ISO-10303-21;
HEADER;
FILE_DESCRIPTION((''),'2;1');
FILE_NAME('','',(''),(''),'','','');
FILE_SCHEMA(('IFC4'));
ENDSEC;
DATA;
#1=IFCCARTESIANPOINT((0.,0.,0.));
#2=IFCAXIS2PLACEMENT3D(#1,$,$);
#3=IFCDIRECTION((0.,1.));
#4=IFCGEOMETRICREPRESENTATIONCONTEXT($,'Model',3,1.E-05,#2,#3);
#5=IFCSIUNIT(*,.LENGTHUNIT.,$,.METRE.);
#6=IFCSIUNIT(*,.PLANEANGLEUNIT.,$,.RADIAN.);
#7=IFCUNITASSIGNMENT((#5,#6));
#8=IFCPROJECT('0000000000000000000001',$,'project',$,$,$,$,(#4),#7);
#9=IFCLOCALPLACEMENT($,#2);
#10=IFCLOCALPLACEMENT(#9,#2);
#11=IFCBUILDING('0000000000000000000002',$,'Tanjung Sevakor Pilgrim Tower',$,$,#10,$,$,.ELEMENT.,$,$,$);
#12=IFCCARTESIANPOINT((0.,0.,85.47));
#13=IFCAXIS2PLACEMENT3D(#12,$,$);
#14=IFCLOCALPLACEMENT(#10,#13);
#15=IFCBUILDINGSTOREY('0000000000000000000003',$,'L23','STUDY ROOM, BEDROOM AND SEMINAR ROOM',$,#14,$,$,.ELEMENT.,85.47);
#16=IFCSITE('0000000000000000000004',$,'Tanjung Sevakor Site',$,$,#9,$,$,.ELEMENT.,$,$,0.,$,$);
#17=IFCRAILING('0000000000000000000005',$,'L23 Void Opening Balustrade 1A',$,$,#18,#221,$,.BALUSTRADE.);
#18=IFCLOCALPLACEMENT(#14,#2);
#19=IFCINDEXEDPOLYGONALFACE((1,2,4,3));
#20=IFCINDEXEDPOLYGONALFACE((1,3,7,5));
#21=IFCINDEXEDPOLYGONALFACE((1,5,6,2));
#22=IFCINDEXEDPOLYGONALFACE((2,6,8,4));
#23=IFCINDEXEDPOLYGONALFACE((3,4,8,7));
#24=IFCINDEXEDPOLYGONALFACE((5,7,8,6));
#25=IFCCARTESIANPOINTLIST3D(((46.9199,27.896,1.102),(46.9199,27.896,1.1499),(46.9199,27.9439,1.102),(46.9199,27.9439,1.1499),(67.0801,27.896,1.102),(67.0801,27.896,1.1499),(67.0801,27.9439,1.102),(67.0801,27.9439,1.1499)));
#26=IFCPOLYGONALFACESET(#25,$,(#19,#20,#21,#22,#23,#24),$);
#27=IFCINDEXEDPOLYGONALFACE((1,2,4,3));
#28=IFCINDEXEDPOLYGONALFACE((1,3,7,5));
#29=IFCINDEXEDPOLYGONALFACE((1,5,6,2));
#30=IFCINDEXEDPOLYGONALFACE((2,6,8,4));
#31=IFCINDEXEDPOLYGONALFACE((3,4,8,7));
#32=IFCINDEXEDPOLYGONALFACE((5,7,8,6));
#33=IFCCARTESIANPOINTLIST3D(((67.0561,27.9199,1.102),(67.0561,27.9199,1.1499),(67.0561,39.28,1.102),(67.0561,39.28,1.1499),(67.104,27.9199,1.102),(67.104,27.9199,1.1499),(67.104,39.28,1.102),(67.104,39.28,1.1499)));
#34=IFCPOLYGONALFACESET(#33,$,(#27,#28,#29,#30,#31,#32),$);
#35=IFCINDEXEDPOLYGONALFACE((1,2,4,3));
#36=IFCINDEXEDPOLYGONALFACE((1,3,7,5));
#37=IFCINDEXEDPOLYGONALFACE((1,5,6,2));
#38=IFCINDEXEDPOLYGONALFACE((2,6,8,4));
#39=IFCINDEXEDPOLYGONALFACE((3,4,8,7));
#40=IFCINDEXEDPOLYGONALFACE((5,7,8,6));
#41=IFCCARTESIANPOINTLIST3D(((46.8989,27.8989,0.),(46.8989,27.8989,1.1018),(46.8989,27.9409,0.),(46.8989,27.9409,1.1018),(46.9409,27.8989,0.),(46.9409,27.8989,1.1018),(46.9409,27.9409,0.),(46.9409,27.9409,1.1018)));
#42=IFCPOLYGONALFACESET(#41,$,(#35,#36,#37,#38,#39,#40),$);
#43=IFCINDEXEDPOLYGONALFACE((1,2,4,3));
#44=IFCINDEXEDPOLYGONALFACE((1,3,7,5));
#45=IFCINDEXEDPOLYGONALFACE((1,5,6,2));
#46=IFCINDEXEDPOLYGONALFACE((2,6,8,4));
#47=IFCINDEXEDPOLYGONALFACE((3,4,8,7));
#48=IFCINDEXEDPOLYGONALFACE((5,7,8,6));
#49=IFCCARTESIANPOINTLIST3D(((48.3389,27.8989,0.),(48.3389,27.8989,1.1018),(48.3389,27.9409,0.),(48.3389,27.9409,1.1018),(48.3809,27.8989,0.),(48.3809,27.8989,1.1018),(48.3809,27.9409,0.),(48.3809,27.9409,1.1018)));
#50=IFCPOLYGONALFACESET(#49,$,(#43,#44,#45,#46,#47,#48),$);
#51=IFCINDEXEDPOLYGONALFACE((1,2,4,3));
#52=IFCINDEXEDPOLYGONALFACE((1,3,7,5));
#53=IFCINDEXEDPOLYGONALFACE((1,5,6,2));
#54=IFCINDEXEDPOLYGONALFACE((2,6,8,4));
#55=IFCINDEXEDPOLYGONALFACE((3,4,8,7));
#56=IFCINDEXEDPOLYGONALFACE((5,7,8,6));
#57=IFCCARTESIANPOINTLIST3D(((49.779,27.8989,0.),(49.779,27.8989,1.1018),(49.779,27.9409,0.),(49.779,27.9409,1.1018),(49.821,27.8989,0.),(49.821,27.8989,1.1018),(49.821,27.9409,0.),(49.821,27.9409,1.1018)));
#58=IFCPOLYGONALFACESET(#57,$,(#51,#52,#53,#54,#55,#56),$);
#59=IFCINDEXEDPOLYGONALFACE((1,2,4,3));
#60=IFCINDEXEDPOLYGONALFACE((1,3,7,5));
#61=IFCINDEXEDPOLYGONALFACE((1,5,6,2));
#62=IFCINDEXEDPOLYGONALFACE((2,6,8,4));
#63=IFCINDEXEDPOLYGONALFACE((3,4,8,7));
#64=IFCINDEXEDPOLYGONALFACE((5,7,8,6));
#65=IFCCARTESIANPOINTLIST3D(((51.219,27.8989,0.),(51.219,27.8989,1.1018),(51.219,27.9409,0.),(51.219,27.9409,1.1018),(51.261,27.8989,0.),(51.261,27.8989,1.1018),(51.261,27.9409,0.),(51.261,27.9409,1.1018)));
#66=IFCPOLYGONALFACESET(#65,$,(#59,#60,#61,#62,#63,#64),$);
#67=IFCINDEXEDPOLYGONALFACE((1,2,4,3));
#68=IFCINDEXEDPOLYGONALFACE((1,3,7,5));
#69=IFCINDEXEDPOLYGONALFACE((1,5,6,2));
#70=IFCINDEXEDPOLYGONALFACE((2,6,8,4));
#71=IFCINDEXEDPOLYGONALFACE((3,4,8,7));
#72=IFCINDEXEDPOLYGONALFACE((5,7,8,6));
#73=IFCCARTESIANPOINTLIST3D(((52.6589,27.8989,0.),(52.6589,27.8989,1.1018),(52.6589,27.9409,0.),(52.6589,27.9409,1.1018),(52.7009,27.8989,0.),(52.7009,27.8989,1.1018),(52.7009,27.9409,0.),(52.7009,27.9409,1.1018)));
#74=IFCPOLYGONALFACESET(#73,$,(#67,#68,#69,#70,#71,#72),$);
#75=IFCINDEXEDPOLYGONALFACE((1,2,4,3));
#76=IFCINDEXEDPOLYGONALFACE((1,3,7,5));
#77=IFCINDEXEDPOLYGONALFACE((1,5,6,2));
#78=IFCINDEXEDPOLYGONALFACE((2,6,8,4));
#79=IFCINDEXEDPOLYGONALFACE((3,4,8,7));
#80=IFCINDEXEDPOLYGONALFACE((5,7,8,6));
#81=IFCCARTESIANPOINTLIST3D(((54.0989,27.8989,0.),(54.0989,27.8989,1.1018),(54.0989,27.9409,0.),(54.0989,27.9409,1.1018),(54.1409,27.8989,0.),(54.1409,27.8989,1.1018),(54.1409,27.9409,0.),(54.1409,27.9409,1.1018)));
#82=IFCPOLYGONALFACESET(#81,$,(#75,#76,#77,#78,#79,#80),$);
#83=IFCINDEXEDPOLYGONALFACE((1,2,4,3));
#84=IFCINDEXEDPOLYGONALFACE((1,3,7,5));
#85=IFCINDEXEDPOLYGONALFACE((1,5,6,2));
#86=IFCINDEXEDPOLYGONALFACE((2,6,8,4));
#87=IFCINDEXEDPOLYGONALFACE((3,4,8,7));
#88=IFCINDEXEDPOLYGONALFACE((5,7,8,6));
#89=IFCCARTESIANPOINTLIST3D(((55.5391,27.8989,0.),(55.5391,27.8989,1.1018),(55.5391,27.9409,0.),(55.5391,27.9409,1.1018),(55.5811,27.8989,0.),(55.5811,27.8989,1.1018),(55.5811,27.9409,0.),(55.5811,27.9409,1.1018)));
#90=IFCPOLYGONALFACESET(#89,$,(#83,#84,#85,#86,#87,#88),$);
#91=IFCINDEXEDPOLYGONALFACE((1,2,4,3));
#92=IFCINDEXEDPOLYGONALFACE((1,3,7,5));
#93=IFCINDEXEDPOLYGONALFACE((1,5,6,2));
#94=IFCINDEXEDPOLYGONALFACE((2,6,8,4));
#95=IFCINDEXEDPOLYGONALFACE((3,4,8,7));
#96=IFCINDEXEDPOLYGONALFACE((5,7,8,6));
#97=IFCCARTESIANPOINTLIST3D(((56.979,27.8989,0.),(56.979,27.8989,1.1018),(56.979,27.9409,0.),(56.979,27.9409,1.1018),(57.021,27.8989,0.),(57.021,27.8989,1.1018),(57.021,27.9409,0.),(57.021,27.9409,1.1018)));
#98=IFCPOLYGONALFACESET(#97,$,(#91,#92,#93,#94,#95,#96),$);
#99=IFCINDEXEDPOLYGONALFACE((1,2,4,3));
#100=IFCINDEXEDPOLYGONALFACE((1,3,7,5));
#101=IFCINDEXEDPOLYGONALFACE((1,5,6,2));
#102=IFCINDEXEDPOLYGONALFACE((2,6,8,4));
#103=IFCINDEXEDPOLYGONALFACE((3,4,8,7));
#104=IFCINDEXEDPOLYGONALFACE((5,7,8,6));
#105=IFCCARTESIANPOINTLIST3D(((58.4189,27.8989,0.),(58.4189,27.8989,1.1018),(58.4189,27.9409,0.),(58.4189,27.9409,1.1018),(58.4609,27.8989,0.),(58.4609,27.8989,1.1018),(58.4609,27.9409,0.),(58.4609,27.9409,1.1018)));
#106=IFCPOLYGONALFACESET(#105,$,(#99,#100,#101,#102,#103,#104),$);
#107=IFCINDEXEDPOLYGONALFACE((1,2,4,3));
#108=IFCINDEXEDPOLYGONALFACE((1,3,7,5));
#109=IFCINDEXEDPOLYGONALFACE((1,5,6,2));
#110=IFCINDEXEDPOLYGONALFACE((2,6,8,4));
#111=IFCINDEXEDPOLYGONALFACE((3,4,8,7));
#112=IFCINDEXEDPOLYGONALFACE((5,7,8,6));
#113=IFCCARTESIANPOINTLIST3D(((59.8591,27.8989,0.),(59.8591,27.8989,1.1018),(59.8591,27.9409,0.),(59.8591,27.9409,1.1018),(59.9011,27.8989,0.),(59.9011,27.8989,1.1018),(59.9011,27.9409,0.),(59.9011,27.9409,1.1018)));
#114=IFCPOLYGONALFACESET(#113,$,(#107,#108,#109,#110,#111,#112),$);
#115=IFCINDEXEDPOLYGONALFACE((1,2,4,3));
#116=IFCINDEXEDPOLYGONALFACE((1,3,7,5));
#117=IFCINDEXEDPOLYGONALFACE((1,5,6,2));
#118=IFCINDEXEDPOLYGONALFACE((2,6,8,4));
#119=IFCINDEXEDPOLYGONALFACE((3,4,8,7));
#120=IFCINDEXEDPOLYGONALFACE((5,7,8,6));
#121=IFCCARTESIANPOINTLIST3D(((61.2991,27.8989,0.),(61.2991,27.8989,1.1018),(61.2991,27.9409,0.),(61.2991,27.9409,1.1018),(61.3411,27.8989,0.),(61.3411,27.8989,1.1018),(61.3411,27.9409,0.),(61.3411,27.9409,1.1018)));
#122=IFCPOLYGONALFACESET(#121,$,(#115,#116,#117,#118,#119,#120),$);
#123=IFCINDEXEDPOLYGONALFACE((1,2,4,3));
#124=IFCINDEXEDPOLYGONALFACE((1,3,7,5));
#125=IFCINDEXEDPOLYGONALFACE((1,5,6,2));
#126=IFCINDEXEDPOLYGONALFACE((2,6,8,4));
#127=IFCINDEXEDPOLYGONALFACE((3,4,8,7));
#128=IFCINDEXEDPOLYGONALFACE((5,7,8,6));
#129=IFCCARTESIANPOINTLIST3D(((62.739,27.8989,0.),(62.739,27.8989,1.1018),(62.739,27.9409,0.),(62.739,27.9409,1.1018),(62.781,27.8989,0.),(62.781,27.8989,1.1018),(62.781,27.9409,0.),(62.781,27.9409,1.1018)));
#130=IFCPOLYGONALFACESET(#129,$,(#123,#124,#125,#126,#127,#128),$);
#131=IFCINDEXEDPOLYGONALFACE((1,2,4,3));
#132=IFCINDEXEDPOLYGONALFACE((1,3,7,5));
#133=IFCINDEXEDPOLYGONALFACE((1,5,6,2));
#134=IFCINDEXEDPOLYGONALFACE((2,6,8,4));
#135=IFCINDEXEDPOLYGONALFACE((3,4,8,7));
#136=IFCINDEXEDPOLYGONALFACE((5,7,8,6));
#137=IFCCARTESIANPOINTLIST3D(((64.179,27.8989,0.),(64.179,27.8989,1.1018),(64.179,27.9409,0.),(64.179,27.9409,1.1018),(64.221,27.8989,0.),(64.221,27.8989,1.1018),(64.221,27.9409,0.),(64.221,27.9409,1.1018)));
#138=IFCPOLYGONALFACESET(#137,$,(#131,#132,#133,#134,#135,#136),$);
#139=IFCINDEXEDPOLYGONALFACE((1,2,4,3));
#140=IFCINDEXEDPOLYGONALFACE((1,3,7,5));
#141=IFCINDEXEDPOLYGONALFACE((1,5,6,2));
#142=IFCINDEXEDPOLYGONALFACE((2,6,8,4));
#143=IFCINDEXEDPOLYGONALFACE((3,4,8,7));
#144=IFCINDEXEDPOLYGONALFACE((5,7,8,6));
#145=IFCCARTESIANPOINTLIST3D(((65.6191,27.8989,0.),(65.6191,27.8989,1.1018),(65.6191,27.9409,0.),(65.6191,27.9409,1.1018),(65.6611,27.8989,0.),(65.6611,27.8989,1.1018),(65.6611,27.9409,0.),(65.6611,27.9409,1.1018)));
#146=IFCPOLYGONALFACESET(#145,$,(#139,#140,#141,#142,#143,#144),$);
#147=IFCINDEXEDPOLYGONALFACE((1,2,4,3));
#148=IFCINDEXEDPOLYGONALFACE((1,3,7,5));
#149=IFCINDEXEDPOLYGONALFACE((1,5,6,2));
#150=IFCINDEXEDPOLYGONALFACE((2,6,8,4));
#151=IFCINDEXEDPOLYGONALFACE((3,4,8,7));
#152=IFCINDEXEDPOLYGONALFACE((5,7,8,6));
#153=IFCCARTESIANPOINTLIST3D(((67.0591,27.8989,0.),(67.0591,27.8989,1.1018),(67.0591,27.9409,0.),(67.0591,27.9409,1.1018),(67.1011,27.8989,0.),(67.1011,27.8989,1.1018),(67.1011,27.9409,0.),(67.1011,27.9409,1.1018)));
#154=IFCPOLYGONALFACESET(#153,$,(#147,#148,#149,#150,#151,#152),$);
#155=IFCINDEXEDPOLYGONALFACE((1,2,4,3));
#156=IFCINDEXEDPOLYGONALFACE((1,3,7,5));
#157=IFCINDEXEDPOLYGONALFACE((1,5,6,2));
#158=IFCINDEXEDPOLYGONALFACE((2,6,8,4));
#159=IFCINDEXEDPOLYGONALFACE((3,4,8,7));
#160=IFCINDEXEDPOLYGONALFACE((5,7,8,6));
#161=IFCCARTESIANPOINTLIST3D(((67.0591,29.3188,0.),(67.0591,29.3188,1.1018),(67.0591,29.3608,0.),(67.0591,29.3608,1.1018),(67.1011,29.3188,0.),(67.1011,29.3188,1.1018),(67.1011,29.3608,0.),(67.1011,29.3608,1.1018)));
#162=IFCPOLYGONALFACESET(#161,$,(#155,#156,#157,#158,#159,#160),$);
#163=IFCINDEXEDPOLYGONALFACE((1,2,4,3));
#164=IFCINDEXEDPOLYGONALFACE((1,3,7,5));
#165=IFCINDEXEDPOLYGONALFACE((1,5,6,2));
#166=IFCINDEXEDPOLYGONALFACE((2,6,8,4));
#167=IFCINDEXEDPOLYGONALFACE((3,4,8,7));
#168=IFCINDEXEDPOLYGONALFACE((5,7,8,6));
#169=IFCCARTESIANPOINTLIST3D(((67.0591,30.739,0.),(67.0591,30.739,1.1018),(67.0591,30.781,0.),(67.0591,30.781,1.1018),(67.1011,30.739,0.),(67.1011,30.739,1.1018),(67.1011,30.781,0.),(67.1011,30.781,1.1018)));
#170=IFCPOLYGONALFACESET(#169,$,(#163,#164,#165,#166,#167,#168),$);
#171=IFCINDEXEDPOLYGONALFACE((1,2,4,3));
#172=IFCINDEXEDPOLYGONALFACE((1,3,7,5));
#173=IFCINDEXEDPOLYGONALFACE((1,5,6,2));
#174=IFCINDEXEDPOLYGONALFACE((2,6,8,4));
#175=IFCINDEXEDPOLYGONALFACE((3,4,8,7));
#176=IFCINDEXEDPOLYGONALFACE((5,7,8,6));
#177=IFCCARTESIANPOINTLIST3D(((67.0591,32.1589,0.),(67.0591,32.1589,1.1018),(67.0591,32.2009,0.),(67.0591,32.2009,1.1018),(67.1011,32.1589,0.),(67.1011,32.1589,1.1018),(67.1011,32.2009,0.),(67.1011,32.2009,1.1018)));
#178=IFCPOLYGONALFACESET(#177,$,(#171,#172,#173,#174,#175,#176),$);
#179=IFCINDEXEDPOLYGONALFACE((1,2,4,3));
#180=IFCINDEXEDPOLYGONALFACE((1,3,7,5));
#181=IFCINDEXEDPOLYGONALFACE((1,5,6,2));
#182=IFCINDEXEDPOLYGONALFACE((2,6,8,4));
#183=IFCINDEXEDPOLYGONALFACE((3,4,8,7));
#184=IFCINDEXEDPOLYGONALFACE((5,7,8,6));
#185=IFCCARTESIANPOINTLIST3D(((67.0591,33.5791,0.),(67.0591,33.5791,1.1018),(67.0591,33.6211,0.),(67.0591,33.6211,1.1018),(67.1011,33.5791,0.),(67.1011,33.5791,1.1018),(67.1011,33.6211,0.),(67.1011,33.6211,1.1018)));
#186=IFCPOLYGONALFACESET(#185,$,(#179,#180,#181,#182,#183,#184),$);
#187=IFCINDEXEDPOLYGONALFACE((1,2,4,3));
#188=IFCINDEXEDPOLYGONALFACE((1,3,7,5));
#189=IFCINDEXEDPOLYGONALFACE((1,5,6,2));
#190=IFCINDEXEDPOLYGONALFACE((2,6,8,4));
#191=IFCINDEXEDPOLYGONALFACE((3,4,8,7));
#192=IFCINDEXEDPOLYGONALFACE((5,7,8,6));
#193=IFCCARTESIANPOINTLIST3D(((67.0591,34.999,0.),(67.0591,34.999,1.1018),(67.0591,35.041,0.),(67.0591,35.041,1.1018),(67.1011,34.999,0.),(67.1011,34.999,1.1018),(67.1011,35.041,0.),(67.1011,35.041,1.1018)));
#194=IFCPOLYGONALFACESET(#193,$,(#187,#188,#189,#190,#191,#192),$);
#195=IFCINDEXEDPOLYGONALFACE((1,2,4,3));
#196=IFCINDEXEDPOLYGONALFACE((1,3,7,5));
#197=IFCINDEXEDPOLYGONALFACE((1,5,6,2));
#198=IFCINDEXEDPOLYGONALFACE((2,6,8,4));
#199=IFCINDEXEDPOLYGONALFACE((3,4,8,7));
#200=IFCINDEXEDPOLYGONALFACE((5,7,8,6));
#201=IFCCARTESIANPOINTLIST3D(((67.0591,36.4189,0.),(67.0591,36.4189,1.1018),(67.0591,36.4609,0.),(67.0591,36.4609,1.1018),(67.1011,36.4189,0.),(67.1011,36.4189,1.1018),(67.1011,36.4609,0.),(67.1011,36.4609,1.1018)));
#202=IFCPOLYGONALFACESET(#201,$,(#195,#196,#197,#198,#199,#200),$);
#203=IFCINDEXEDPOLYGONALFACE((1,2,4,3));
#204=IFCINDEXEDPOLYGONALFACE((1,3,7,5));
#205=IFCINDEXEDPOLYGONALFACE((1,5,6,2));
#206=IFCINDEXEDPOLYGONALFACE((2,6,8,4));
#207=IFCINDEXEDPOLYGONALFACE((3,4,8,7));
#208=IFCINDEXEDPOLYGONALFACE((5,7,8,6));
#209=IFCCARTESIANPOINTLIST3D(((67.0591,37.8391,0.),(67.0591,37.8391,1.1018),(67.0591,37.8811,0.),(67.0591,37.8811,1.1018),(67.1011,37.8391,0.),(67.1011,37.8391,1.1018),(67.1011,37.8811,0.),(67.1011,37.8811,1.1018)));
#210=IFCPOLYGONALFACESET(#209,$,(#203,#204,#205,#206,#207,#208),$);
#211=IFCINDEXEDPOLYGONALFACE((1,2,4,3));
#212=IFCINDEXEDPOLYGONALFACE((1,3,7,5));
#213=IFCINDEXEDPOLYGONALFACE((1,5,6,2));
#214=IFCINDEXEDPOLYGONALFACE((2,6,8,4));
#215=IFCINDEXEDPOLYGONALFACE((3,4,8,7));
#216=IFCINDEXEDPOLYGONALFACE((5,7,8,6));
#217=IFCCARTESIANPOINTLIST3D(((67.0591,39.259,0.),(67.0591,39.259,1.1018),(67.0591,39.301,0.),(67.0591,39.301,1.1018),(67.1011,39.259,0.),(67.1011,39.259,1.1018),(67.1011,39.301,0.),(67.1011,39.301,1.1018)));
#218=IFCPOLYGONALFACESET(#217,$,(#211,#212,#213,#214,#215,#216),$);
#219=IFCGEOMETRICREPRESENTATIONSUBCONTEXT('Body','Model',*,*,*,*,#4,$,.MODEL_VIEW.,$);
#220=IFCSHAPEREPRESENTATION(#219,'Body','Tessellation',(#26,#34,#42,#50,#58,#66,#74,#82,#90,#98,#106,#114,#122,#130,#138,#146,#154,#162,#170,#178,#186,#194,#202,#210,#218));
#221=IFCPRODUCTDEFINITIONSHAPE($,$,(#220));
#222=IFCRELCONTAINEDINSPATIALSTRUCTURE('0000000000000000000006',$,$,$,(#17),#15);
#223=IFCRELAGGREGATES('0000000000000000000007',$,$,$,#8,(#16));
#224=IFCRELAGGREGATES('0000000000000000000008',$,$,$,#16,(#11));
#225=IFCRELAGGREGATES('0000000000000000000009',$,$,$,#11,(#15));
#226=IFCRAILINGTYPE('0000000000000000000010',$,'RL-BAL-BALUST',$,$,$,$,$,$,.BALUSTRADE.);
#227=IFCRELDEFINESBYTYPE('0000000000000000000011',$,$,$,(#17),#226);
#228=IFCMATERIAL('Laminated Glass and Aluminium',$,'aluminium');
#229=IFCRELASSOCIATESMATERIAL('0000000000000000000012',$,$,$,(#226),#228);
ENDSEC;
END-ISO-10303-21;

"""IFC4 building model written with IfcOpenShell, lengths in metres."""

from ifc_helpers import new_model, si_unit, direction, frame, origin, place, context, subcontext, project, spatial, rectangle, extrude, material, type_object, element, save


model = new_model("IFC4")

# Units and contexts
model_context = context("Model", 3, precision=1e-05, world=origin(), true_north=direction((0.0, 1.0)))
body_context = subcontext(model_context, "Body", "Model", "MODEL_VIEW")
ifc_project = project(units=[si_unit("LENGTHUNIT", "METRE"), si_unit("PLANEANGLEUNIT", "RADIAN")], contexts=[model_context])

# Site, building, storey
site_placement = place(None, origin())
site = spatial("IfcSite", under=ifc_project, at=site_placement, Name="Tanjung Sevakor Site", CompositionType="ELEMENT", RefElevation=0.0)
building_placement = place(site_placement, origin())
building = spatial("IfcBuilding", under=site, at=building_placement, Name="Tanjung Sevakor Pilgrim Tower", CompositionType="ELEMENT")
storey_placement = place(building_placement, frame((0.0, 0.0, 85.47)))
storey = spatial("IfcBuildingStorey", under=building, at=storey_placement, Name="L23", Description="STUDY ROOM, BEDROOM AND SEMINAR ROOM", CompositionType="ELEMENT", Elevation=85.47)

# Railing
ifc_material_1 = material(Name="Laminated Glass and Aluminium", Category="aluminium")
railing_type = type_object("IfcRailingType", Name="RL-BAL-BALUST", PredefinedType="BALUSTRADE", material=ifc_material_1)
railing_placement = place(storey_placement, frame((46.9199, 27.9199, 0.0)))
element("IfcRailing", 1, at=railing_placement, inside=storey, type_object=railing_type, Name="L23 Void Opening Balustrade 1A", PredefinedType="BALUSTRADE", context=body_context, shape_type="SweptSolid", body=[
    extrude(rectangle(XDim=0.0479, YDim=0.0479), frame((0.0, 0.0, 1.126), z_axis=(1.0, 0.0, 0.0), x_axis=(0.0, 1.0, 0.0)), (0.0, 0.0, 1.0), 20.1602),
    extrude(rectangle(XDim=0.0479, YDim=0.0479), frame((20.1602, 0.0, 1.126), z_axis=(0.0, 1.0, 0.0), x_axis=(-1.0, 0.0, 0.0)), (0.0, 0.0, 1.0), 11.3601),
    extrude(rectangle(XDim=0.042, YDim=0.042), origin(), (0.0, 0.0, 1.0), 1.1018),
    extrude(rectangle(XDim=0.042, YDim=0.042), frame((1.4399, 0.0, 0.0)), (0.0, 0.0, 1.0), 1.1018),
    extrude(rectangle(XDim=0.042, YDim=0.042), frame((2.8801, 0.0, 0.0)), (0.0, 0.0, 1.0), 1.1018),
    extrude(rectangle(XDim=0.042, YDim=0.042), frame((4.3201, 0.0, 0.0)), (0.0, 0.0, 1.0), 1.1018),
    extrude(rectangle(XDim=0.042, YDim=0.042), frame((5.76, 0.0, 0.0)), (0.0, 0.0, 1.0), 1.1018),
    extrude(rectangle(XDim=0.042, YDim=0.042), frame((7.2, 0.0, 0.0)), (0.0, 0.0, 1.0), 1.1018),
    extrude(rectangle(XDim=0.042, YDim=0.042), frame((8.6401, 0.0, 0.0)), (0.0, 0.0, 1.0), 1.1018),
    extrude(rectangle(XDim=0.042, YDim=0.042), frame((10.0801, 0.0, 0.0)), (0.0, 0.0, 1.0), 1.1018),
    extrude(rectangle(XDim=0.042, YDim=0.042), frame((11.52, 0.0, 0.0)), (0.0, 0.0, 1.0), 1.1018),
    extrude(rectangle(XDim=0.042, YDim=0.042), frame((12.9602, 0.0, 0.0)), (0.0, 0.0, 1.0), 1.1018),
    extrude(rectangle(XDim=0.042, YDim=0.042), frame((14.4001, 0.0, 0.0)), (0.0, 0.0, 1.0), 1.1018),
    extrude(rectangle(XDim=0.042, YDim=0.042), frame((15.8401, 0.0, 0.0)), (0.0, 0.0, 1.0), 1.1018),
    extrude(rectangle(XDim=0.042, YDim=0.042), frame((17.28, 0.0, 0.0)), (0.0, 0.0, 1.0), 1.1018),
    extrude(rectangle(XDim=0.042, YDim=0.042), frame((18.7202, 0.0, 0.0)), (0.0, 0.0, 1.0), 1.1018),
    extrude(rectangle(XDim=0.042, YDim=0.042), frame((20.1602, 0.0, 0.0)), (0.0, 0.0, 1.0), 1.1018),
    extrude(rectangle(XDim=0.042, YDim=0.042), frame((20.1602, 1.4199, 0.0)), (0.0, 0.0, 1.0), 1.1018),
    extrude(rectangle(XDim=0.042, YDim=0.042), frame((20.1602, 2.8401, 0.0)), (0.0, 0.0, 1.0), 1.1018),
    extrude(rectangle(XDim=0.042, YDim=0.042), frame((20.1602, 4.26, 0.0)), (0.0, 0.0, 1.0), 1.1018),
    extrude(rectangle(XDim=0.042, YDim=0.042), frame((20.1602, 5.6802, 0.0)), (0.0, 0.0, 1.0), 1.1018),
    extrude(rectangle(XDim=0.042, YDim=0.042), frame((20.1602, 7.1001, 0.0)), (0.0, 0.0, 1.0), 1.1018),
    extrude(rectangle(XDim=0.042, YDim=0.042), frame((20.1602, 8.52, 0.0)), (0.0, 0.0, 1.0), 1.1018),
    extrude(rectangle(XDim=0.042, YDim=0.042), frame((20.1602, 9.9402, 0.0)), (0.0, 0.0, 1.0), 1.1018),
    extrude(rectangle(XDim=0.042, YDim=0.042), frame((20.1602, 11.3601, 0.0)), (0.0, 0.0, 1.0), 1.1018),
])

save(model, "model.ifc")
